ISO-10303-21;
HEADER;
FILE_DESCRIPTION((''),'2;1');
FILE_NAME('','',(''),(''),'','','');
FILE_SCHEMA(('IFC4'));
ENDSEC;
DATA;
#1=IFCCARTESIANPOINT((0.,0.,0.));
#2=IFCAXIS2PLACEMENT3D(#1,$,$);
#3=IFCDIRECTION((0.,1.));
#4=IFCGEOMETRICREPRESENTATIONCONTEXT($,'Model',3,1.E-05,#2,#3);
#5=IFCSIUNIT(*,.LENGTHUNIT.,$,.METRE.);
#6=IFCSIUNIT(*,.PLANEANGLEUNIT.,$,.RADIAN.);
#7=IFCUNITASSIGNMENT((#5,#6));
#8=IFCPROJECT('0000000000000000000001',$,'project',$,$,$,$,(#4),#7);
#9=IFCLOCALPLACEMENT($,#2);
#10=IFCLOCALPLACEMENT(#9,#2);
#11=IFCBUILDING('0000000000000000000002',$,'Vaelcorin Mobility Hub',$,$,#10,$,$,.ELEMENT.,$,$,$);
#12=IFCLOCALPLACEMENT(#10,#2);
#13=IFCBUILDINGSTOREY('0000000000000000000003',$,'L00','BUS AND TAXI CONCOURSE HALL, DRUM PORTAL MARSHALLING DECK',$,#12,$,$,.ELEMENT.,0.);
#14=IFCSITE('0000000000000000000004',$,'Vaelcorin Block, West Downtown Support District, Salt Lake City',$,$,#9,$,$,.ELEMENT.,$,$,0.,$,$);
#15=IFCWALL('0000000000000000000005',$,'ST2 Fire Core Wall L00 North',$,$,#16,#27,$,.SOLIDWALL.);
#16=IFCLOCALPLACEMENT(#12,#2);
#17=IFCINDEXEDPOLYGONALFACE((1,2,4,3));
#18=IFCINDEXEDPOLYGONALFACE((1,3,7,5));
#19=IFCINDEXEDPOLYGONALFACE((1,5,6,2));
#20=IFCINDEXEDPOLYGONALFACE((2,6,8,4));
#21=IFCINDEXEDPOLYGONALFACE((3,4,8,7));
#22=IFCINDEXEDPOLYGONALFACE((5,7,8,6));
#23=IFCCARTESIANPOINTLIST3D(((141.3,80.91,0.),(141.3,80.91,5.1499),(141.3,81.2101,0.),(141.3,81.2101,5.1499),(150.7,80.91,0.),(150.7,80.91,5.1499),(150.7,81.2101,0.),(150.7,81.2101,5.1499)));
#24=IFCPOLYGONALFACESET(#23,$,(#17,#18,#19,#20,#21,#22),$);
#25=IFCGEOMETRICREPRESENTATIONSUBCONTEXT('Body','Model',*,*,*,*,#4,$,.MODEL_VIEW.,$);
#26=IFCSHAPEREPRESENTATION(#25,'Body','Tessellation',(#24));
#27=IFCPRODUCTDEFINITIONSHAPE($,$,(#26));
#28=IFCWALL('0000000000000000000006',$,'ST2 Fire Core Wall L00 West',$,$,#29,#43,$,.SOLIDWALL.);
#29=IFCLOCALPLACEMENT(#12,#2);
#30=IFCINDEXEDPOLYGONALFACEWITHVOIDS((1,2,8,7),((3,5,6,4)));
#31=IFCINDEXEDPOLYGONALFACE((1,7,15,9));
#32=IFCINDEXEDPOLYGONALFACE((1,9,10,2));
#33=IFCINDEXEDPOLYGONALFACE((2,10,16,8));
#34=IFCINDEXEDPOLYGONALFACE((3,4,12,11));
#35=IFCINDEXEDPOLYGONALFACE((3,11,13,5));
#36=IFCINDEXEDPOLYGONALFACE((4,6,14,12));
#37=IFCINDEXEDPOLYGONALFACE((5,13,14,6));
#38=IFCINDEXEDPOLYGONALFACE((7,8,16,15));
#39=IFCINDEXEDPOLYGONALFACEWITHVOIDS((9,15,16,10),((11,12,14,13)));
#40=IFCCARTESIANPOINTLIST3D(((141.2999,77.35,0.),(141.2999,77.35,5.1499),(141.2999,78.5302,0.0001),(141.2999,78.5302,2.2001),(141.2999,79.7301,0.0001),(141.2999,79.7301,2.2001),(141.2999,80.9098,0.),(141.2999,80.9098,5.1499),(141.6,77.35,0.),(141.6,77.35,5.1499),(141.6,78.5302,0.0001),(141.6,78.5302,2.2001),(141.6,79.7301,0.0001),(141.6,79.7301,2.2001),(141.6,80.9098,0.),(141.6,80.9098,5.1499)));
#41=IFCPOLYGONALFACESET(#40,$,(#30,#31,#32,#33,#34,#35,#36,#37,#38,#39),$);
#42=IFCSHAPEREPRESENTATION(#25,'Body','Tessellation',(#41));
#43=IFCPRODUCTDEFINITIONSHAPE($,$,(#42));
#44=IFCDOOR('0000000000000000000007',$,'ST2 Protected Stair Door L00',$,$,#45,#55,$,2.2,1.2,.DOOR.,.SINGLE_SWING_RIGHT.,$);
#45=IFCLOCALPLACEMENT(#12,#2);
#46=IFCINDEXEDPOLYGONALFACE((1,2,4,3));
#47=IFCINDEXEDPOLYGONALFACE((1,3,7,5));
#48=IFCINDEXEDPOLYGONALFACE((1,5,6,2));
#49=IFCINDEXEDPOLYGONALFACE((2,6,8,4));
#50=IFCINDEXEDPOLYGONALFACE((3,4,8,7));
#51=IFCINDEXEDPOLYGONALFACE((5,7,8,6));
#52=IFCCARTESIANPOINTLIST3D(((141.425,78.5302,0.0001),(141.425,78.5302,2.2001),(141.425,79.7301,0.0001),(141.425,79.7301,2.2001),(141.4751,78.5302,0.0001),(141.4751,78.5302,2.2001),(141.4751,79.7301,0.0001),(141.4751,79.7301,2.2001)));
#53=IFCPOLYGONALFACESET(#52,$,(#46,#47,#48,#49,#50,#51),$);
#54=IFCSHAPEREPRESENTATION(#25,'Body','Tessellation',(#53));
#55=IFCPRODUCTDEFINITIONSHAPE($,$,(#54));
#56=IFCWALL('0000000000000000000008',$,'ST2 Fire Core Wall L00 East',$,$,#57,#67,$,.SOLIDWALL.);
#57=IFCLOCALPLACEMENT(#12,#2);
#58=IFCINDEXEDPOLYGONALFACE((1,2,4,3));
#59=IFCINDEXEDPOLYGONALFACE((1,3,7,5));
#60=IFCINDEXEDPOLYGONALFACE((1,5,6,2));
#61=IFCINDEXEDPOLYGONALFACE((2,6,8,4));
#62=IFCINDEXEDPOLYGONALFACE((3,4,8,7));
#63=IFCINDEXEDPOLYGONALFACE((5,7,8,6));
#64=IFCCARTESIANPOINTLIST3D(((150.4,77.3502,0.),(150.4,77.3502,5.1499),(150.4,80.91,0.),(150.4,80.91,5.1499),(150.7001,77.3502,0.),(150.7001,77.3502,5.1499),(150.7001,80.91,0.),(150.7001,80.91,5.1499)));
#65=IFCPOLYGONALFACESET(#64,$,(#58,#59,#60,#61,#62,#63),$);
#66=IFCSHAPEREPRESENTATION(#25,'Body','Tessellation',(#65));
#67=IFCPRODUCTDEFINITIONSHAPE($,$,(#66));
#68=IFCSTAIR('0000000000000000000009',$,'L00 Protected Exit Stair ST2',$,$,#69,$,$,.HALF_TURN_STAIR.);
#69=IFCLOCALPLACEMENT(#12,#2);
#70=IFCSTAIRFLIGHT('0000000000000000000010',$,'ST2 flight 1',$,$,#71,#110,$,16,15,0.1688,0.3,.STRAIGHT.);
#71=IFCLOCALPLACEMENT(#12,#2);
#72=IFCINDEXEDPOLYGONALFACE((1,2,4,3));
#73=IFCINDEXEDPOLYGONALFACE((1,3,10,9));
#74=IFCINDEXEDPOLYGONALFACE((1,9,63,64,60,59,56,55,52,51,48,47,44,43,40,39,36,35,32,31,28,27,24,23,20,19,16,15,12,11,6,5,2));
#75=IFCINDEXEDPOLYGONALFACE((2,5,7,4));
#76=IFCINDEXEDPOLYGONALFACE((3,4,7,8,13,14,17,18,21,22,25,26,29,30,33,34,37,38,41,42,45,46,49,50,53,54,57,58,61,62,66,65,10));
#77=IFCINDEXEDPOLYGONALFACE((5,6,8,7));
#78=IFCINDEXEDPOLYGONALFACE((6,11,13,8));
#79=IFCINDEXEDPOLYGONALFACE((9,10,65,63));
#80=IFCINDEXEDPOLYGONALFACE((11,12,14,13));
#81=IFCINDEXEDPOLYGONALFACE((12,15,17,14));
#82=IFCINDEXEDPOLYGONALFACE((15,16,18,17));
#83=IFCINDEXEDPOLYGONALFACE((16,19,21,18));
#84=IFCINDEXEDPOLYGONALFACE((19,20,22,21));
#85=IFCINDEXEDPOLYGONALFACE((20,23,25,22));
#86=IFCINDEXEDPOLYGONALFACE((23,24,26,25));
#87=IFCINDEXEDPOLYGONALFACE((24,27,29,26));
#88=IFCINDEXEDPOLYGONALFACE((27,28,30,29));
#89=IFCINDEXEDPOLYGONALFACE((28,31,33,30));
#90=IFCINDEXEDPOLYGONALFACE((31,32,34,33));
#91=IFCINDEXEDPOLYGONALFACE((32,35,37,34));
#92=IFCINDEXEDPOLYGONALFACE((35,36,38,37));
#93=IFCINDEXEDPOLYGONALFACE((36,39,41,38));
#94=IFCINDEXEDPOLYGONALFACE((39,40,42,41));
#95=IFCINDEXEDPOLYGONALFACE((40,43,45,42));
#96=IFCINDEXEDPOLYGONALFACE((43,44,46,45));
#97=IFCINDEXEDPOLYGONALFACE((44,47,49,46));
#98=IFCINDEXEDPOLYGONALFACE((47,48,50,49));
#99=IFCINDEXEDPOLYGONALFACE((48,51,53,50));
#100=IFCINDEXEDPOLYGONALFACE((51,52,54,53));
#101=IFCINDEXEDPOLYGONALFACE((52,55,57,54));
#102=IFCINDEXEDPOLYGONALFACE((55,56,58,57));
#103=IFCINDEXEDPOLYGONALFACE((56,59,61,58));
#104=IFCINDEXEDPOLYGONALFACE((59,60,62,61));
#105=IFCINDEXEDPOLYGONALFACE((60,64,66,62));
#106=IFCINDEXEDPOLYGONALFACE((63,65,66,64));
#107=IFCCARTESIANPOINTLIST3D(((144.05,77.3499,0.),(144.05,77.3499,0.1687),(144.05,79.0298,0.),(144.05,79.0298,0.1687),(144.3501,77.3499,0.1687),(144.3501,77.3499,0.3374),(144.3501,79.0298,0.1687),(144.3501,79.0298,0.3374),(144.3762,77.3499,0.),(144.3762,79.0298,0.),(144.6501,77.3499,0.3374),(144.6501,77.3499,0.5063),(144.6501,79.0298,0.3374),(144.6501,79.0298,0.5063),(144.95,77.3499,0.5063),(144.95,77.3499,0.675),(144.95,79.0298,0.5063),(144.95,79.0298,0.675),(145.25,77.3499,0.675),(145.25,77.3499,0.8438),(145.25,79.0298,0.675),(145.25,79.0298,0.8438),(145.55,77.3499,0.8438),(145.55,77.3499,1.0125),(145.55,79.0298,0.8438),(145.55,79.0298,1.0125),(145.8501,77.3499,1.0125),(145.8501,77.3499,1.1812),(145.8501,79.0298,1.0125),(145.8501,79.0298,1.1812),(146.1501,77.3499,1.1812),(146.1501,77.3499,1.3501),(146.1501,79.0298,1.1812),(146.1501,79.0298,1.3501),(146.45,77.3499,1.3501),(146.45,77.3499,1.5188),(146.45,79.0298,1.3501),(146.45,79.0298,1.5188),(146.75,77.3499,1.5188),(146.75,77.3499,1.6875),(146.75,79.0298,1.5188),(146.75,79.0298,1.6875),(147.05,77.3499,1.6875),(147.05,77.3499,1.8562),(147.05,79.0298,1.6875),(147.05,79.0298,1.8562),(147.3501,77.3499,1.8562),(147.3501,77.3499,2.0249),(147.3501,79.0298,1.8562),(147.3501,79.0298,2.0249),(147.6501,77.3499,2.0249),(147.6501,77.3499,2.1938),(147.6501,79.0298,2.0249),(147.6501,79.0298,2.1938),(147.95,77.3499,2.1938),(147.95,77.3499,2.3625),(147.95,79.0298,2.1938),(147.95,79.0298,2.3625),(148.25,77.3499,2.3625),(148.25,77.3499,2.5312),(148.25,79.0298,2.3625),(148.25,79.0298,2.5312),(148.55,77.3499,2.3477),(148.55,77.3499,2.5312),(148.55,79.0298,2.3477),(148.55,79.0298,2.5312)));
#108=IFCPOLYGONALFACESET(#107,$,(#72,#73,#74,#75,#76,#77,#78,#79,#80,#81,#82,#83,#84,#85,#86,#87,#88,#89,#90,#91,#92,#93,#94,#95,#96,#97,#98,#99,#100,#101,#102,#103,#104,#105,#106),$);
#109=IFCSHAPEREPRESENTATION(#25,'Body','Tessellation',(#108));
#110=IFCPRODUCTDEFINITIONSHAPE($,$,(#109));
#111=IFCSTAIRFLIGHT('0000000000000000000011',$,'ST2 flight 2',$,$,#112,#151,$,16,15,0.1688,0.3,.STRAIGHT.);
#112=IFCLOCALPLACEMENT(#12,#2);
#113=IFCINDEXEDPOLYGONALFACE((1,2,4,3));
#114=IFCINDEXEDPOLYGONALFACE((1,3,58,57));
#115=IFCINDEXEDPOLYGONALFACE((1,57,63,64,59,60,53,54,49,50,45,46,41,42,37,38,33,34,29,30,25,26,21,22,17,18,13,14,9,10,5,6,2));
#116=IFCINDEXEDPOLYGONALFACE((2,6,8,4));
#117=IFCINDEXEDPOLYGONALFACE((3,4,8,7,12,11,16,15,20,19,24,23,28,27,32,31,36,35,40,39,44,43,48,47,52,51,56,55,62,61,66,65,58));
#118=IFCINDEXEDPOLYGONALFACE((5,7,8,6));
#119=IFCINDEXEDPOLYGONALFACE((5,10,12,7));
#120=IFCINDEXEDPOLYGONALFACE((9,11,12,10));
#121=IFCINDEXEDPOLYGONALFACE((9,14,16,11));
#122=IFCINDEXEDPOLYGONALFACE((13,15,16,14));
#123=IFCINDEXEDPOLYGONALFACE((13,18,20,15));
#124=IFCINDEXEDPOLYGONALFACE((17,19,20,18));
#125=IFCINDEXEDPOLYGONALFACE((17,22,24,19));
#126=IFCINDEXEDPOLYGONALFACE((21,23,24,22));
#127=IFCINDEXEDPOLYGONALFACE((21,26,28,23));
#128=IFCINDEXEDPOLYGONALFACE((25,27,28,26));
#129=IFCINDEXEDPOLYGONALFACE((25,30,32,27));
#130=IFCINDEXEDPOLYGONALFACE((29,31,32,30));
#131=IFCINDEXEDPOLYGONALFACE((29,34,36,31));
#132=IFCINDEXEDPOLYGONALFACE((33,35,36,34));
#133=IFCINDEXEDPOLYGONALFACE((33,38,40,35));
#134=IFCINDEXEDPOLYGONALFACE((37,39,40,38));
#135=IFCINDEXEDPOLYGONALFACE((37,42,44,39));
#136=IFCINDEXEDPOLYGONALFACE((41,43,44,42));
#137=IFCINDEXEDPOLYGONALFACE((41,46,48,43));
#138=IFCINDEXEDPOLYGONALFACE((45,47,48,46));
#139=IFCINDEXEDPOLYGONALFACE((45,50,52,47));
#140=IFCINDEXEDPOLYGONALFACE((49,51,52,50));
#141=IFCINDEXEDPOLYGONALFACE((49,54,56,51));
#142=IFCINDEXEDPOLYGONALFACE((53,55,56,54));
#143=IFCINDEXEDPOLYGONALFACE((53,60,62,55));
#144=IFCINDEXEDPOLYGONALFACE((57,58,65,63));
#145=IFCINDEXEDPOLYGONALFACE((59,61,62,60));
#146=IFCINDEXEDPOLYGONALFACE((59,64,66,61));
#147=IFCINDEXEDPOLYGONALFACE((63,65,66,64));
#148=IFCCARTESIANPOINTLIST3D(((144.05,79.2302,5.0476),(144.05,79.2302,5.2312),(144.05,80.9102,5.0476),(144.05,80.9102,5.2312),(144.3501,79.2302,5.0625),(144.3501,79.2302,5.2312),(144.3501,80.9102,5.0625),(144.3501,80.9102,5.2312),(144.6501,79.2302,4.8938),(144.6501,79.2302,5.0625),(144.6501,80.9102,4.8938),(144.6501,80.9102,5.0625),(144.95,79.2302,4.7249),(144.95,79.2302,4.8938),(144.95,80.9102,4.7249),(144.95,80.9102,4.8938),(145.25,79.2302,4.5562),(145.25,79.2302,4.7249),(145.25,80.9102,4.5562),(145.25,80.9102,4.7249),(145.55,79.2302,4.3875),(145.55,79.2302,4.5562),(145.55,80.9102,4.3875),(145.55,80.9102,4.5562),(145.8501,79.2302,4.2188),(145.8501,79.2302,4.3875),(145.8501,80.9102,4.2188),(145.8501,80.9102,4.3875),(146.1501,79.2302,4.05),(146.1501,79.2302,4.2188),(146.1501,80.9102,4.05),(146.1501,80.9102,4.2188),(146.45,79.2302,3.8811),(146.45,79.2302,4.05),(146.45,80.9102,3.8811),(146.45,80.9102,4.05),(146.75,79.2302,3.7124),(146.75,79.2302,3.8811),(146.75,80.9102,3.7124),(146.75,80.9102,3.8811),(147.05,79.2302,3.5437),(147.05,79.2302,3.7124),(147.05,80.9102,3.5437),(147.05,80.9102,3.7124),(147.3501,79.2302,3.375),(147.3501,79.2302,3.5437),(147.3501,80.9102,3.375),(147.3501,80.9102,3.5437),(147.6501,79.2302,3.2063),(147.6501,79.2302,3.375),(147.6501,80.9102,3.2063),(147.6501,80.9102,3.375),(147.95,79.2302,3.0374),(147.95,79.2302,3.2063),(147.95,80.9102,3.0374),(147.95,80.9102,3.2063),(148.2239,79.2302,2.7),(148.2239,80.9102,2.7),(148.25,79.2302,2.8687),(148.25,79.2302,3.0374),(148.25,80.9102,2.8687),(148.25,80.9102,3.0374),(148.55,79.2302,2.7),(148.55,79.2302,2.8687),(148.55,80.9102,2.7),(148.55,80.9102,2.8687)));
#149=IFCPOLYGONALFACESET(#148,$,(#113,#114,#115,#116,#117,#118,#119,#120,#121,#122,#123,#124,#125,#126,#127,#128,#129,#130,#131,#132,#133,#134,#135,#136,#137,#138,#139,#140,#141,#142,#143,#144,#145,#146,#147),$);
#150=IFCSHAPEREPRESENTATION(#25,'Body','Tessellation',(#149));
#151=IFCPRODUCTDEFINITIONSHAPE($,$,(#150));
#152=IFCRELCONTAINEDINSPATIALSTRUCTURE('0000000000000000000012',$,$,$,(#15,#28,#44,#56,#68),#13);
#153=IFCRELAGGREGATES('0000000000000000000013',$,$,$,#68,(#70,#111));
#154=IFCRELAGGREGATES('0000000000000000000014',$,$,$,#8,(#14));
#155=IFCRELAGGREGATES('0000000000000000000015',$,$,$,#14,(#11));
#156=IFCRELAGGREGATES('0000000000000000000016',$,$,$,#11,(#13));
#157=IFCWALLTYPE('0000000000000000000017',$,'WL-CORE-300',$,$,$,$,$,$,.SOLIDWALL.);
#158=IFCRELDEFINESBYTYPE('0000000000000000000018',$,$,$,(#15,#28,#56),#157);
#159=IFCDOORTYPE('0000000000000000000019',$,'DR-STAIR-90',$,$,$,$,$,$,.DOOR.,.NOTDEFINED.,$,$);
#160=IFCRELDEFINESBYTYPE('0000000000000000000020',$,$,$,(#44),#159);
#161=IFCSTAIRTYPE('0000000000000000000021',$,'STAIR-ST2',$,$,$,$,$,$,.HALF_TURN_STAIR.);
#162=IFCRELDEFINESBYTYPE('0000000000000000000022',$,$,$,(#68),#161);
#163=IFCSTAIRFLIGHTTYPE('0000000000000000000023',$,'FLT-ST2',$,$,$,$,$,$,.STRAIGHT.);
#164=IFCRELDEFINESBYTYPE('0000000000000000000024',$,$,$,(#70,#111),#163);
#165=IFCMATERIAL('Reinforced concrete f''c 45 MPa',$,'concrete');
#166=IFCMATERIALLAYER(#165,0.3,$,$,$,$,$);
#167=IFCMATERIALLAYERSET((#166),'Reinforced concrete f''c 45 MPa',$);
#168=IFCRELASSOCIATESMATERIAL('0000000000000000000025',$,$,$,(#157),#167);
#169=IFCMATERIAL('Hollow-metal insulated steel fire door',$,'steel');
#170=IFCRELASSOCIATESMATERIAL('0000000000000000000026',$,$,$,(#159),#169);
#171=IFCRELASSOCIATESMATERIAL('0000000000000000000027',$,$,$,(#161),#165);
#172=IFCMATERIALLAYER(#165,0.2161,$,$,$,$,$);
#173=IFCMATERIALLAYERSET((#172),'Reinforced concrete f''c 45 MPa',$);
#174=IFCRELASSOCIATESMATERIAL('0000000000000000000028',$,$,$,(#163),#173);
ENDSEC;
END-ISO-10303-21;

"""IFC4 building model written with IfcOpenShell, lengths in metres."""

from ifc_helpers import new_model, si_unit, direction, frame, frame_2d, origin, place, context, subcontext, project, spatial, polyline, rectangle, outline, extrude, material, layer, layer_set, type_object, element, fill, aggregate, save


model = new_model("IFC4")

# Units and contexts
model_context = context("Model", 3, precision=1e-05, world=origin(), true_north=direction((0.0, 1.0)))
body_context = subcontext(model_context, "Body", "Model", "MODEL_VIEW")
ifc_project = project(units=[si_unit("LENGTHUNIT", "METRE"), si_unit("PLANEANGLEUNIT", "RADIAN")], contexts=[model_context])

# Site, building, storey
site_placement = place(None, origin())
site = spatial("IfcSite", under=ifc_project, at=site_placement, Name="Vaelcorin Block, West Downtown Support District, Salt Lake City", CompositionType="ELEMENT", RefElevation=0.0)
building_placement = place(site_placement, origin())
building = spatial("IfcBuilding", under=site, at=building_placement, Name="Vaelcorin Mobility Hub", CompositionType="ELEMENT")
storey_placement = place(building_placement, origin())
storey = spatial("IfcBuildingStorey", under=building, at=storey_placement, Name="L00", Description="BUS AND TAXI CONCOURSE HALL, DRUM PORTAL MARSHALLING DECK", CompositionType="ELEMENT", Elevation=0.0)

# Wall
ifc_material_1 = material(Name="Reinforced concrete f'c 45 MPa", Category="concrete")
ifc_layer_1 = layer(ifc_material_1, 0.3)
ifc_layer_set_1 = layer_set([ifc_layer_1], Name="Reinforced concrete f'c 45 MPa")
wall_type = type_object("IfcWallType", Name="WL-CORE-300", PredefinedType="SOLIDWALL", material=ifc_layer_set_1)
wall_1_placement = place(storey_placement, frame((141.3, 81.0601, 0.0), z_axis=(0.0, 0.0, 1.0), x_axis=(1.0, 0.0, 0.0)))
element("IfcWall", 1, at=wall_1_placement, inside=storey, type_object=wall_type, Name="ST2 Fire Core Wall L00 North", PredefinedType="SOLIDWALL", context=body_context, shape_type="SweptSolid", body=[
    extrude(rectangle(XDim=9.3999, YDim=0.3, at=frame_2d((4.7, 0.0))), origin(), (0.0, 0.0, 1.0), 5.1499),
])

# Wall, opening, door
wall_2_placement = place(storey_placement, frame((141.45, 77.3501, 0.0), z_axis=(0.0, 0.0, 1.0), x_axis=(0.0, 1.0, 0.0)))
wall_2 = element("IfcWall", 2, at=wall_2_placement, inside=storey, type_object=wall_type, Name="ST2 Fire Core Wall L00 West", PredefinedType="SOLIDWALL", context=body_context, shape_type="SweptSolid", body=[
    extrude(rectangle(XDim=3.5598, YDim=0.3, at=frame_2d((1.7798, 0.0))), origin(), (0.0, 0.0, 1.0), 5.1499),
])
opening_placement = place(wall_2_placement, frame((1.1799, 0.0, 0.0)))
opening = element("IfcOpeningElement", 3, at=opening_placement, cuts=wall_2, PredefinedType="OPENING", context=body_context, shape_type="SweptSolid", body=[
    extrude(rectangle(XDim=1.2, YDim=2.2, at=frame_2d((0.6001, 1.1001))), frame((0.0, 0.1599, 0.0), z_axis=(0.0, -1.0, 0.0), x_axis=(1.0, 0.0, 0.0)), (0.0, 0.0, 1.0), 0.3201),
])
ifc_material_2 = material(Name="Hollow-metal insulated steel fire door", Category="steel")
door_type = type_object("IfcDoorType", Name="DR-STAIR-90", OperationType="NOTDEFINED", PredefinedType="DOOR", material=ifc_material_2)
door_placement = place(opening_placement, origin())
door = element("IfcDoor", 4, at=door_placement, inside=storey, type_object=door_type, Name="ST2 Protected Stair Door L00", OperationType="SINGLE_SWING_RIGHT", OverallHeight=2.2, OverallWidth=1.2, PredefinedType="DOOR", context=body_context, shape_type="SweptSolid", body=[
    extrude(rectangle(XDim=1.2, YDim=2.2, at=frame_2d((0.6001, 1.1001))), frame((0.0, 0.0249, 0.0), z_axis=(0.0, -1.0, 0.0), x_axis=(1.0, 0.0, 0.0)), (0.0, 0.0, 1.0), 0.05),
])
fill(opening, door)

# Wall
wall_3_placement = place(storey_placement, frame((150.55, 80.9099, 0.0), z_axis=(0.0, 0.0, 1.0), x_axis=(0.0, -1.0, 0.0)))
element("IfcWall", 5, at=wall_3_placement, inside=storey, type_object=wall_type, Name="ST2 Fire Core Wall L00 East", PredefinedType="SOLIDWALL", context=body_context, shape_type="SweptSolid", body=[
    extrude(rectangle(XDim=3.5598, YDim=0.3, at=frame_2d((1.7798, 0.0))), origin(), (0.0, 0.0, 1.0), 5.1499),
])

# Stair, stair flights
stair_type = type_object("IfcStairType", Name="STAIR-ST2", PredefinedType="HALF_TURN_STAIR", material=ifc_material_1)
stair_placement = place(storey_placement, origin())
stair = element("IfcStair", 6, at=stair_placement, inside=storey, type_object=stair_type, Name="L00 Protected Exit Stair ST2", PredefinedType="HALF_TURN_STAIR")
ifc_layer_2 = layer(ifc_material_1, 0.2161)
ifc_layer_set_2 = layer_set([ifc_layer_2], Name="Reinforced concrete f'c 45 MPa")
stair_flight_type = type_object("IfcStairFlightType", Name="FLT-ST2", PredefinedType="STRAIGHT", material=ifc_layer_set_2)
stair_flight_1_placement = place(storey_placement, frame((144.05, 78.1899, 0.0), z_axis=(0.0, 0.0, 1.0), x_axis=(1.0, 0.0, 0.0)))
stair_flight_1 = element("IfcStairFlight", 7, at=stair_flight_1_placement, type_object=stair_flight_type, Name="ST2 flight 1", NumberOfRisers=16, NumberOfTreads=15, PredefinedType="STRAIGHT", RiserHeight=0.1688, TreadLength=0.3, context=body_context, shape_type="SweptSolid", body=[
    extrude(outline(polyline([(0.0, 0.0), (0.0, 0.1687), (0.3, 0.1687), (0.3, 0.3374), (0.6001, 0.3374), (0.6001, 0.5063), (0.8999, 0.5063), (0.8999, 0.675), (1.2, 0.675), (1.2, 0.8438), (1.5, 0.8438), (1.5, 1.0125), (1.8, 1.0125), (1.8, 1.1812), (2.1001, 1.1812), (2.1001, 1.3501), (2.3999, 1.3501), (2.3999, 1.5188), (2.7, 1.5188), (2.7, 1.6875), (3.0, 1.6875), (3.0, 1.8562), (3.3, 1.8562), (3.3, 2.0249), (3.6001, 2.0249), (3.6001, 2.1938), (3.8999, 2.1938), (3.8999, 2.3625), (4.2, 2.3625), (4.2, 2.5312), (4.5, 2.5312), (4.5, 2.7), (4.5, 2.3477), (0.3262, 0.0), (0.0, 0.0)])), frame((0.0, 0.8398, 0.0), z_axis=(0.0, -1.0, 0.0), x_axis=(1.0, 0.0, 0.0)), (0.0, 0.0, 1.0), 1.6799),
])
stair_flight_2_placement = place(storey_placement, frame((148.55, 80.0701, 2.7), z_axis=(0.0, 0.0, 1.0), x_axis=(-1.0, 0.0, 0.0)))
stair_flight_2 = element("IfcStairFlight", 8, at=stair_flight_2_placement, type_object=stair_flight_type, Name="ST2 flight 2", NumberOfRisers=16, NumberOfTreads=15, PredefinedType="STRAIGHT", RiserHeight=0.1688, TreadLength=0.3, context=body_context, shape_type="SweptSolid", body=[
    extrude(outline(polyline([(0.0, 0.0), (0.0, 0.1687), (0.3, 0.1687), (0.3, 0.3374), (0.6001, 0.3374), (0.6001, 0.5063), (0.8999, 0.5063), (0.8999, 0.675), (1.2, 0.675), (1.2, 0.8438), (1.5, 0.8438), (1.5, 1.0125), (1.8, 1.0125), (1.8, 1.1812), (2.1001, 1.1812), (2.1001, 1.3501), (2.3999, 1.3501), (2.3999, 1.5188), (2.7, 1.5188), (2.7, 1.6875), (3.0, 1.6875), (3.0, 1.8562), (3.3, 1.8562), (3.3, 2.0249), (3.6001, 2.0249), (3.6001, 2.1938), (3.8999, 2.1938), (3.8999, 2.3625), (4.2, 2.3625), (4.2, 2.5312), (4.5, 2.5312), (4.5, 2.7), (4.5, 2.3477), (0.3262, 0.0), (0.0, 0.0)])), frame((0.0, 0.8398, 0.0), z_axis=(0.0, -1.0, 0.0), x_axis=(1.0, 0.0, 0.0)), (0.0, 0.0, 1.0), 1.6799),
])
aggregate(stair, [stair_flight_1, stair_flight_2])

save(model, "model.ifc")
